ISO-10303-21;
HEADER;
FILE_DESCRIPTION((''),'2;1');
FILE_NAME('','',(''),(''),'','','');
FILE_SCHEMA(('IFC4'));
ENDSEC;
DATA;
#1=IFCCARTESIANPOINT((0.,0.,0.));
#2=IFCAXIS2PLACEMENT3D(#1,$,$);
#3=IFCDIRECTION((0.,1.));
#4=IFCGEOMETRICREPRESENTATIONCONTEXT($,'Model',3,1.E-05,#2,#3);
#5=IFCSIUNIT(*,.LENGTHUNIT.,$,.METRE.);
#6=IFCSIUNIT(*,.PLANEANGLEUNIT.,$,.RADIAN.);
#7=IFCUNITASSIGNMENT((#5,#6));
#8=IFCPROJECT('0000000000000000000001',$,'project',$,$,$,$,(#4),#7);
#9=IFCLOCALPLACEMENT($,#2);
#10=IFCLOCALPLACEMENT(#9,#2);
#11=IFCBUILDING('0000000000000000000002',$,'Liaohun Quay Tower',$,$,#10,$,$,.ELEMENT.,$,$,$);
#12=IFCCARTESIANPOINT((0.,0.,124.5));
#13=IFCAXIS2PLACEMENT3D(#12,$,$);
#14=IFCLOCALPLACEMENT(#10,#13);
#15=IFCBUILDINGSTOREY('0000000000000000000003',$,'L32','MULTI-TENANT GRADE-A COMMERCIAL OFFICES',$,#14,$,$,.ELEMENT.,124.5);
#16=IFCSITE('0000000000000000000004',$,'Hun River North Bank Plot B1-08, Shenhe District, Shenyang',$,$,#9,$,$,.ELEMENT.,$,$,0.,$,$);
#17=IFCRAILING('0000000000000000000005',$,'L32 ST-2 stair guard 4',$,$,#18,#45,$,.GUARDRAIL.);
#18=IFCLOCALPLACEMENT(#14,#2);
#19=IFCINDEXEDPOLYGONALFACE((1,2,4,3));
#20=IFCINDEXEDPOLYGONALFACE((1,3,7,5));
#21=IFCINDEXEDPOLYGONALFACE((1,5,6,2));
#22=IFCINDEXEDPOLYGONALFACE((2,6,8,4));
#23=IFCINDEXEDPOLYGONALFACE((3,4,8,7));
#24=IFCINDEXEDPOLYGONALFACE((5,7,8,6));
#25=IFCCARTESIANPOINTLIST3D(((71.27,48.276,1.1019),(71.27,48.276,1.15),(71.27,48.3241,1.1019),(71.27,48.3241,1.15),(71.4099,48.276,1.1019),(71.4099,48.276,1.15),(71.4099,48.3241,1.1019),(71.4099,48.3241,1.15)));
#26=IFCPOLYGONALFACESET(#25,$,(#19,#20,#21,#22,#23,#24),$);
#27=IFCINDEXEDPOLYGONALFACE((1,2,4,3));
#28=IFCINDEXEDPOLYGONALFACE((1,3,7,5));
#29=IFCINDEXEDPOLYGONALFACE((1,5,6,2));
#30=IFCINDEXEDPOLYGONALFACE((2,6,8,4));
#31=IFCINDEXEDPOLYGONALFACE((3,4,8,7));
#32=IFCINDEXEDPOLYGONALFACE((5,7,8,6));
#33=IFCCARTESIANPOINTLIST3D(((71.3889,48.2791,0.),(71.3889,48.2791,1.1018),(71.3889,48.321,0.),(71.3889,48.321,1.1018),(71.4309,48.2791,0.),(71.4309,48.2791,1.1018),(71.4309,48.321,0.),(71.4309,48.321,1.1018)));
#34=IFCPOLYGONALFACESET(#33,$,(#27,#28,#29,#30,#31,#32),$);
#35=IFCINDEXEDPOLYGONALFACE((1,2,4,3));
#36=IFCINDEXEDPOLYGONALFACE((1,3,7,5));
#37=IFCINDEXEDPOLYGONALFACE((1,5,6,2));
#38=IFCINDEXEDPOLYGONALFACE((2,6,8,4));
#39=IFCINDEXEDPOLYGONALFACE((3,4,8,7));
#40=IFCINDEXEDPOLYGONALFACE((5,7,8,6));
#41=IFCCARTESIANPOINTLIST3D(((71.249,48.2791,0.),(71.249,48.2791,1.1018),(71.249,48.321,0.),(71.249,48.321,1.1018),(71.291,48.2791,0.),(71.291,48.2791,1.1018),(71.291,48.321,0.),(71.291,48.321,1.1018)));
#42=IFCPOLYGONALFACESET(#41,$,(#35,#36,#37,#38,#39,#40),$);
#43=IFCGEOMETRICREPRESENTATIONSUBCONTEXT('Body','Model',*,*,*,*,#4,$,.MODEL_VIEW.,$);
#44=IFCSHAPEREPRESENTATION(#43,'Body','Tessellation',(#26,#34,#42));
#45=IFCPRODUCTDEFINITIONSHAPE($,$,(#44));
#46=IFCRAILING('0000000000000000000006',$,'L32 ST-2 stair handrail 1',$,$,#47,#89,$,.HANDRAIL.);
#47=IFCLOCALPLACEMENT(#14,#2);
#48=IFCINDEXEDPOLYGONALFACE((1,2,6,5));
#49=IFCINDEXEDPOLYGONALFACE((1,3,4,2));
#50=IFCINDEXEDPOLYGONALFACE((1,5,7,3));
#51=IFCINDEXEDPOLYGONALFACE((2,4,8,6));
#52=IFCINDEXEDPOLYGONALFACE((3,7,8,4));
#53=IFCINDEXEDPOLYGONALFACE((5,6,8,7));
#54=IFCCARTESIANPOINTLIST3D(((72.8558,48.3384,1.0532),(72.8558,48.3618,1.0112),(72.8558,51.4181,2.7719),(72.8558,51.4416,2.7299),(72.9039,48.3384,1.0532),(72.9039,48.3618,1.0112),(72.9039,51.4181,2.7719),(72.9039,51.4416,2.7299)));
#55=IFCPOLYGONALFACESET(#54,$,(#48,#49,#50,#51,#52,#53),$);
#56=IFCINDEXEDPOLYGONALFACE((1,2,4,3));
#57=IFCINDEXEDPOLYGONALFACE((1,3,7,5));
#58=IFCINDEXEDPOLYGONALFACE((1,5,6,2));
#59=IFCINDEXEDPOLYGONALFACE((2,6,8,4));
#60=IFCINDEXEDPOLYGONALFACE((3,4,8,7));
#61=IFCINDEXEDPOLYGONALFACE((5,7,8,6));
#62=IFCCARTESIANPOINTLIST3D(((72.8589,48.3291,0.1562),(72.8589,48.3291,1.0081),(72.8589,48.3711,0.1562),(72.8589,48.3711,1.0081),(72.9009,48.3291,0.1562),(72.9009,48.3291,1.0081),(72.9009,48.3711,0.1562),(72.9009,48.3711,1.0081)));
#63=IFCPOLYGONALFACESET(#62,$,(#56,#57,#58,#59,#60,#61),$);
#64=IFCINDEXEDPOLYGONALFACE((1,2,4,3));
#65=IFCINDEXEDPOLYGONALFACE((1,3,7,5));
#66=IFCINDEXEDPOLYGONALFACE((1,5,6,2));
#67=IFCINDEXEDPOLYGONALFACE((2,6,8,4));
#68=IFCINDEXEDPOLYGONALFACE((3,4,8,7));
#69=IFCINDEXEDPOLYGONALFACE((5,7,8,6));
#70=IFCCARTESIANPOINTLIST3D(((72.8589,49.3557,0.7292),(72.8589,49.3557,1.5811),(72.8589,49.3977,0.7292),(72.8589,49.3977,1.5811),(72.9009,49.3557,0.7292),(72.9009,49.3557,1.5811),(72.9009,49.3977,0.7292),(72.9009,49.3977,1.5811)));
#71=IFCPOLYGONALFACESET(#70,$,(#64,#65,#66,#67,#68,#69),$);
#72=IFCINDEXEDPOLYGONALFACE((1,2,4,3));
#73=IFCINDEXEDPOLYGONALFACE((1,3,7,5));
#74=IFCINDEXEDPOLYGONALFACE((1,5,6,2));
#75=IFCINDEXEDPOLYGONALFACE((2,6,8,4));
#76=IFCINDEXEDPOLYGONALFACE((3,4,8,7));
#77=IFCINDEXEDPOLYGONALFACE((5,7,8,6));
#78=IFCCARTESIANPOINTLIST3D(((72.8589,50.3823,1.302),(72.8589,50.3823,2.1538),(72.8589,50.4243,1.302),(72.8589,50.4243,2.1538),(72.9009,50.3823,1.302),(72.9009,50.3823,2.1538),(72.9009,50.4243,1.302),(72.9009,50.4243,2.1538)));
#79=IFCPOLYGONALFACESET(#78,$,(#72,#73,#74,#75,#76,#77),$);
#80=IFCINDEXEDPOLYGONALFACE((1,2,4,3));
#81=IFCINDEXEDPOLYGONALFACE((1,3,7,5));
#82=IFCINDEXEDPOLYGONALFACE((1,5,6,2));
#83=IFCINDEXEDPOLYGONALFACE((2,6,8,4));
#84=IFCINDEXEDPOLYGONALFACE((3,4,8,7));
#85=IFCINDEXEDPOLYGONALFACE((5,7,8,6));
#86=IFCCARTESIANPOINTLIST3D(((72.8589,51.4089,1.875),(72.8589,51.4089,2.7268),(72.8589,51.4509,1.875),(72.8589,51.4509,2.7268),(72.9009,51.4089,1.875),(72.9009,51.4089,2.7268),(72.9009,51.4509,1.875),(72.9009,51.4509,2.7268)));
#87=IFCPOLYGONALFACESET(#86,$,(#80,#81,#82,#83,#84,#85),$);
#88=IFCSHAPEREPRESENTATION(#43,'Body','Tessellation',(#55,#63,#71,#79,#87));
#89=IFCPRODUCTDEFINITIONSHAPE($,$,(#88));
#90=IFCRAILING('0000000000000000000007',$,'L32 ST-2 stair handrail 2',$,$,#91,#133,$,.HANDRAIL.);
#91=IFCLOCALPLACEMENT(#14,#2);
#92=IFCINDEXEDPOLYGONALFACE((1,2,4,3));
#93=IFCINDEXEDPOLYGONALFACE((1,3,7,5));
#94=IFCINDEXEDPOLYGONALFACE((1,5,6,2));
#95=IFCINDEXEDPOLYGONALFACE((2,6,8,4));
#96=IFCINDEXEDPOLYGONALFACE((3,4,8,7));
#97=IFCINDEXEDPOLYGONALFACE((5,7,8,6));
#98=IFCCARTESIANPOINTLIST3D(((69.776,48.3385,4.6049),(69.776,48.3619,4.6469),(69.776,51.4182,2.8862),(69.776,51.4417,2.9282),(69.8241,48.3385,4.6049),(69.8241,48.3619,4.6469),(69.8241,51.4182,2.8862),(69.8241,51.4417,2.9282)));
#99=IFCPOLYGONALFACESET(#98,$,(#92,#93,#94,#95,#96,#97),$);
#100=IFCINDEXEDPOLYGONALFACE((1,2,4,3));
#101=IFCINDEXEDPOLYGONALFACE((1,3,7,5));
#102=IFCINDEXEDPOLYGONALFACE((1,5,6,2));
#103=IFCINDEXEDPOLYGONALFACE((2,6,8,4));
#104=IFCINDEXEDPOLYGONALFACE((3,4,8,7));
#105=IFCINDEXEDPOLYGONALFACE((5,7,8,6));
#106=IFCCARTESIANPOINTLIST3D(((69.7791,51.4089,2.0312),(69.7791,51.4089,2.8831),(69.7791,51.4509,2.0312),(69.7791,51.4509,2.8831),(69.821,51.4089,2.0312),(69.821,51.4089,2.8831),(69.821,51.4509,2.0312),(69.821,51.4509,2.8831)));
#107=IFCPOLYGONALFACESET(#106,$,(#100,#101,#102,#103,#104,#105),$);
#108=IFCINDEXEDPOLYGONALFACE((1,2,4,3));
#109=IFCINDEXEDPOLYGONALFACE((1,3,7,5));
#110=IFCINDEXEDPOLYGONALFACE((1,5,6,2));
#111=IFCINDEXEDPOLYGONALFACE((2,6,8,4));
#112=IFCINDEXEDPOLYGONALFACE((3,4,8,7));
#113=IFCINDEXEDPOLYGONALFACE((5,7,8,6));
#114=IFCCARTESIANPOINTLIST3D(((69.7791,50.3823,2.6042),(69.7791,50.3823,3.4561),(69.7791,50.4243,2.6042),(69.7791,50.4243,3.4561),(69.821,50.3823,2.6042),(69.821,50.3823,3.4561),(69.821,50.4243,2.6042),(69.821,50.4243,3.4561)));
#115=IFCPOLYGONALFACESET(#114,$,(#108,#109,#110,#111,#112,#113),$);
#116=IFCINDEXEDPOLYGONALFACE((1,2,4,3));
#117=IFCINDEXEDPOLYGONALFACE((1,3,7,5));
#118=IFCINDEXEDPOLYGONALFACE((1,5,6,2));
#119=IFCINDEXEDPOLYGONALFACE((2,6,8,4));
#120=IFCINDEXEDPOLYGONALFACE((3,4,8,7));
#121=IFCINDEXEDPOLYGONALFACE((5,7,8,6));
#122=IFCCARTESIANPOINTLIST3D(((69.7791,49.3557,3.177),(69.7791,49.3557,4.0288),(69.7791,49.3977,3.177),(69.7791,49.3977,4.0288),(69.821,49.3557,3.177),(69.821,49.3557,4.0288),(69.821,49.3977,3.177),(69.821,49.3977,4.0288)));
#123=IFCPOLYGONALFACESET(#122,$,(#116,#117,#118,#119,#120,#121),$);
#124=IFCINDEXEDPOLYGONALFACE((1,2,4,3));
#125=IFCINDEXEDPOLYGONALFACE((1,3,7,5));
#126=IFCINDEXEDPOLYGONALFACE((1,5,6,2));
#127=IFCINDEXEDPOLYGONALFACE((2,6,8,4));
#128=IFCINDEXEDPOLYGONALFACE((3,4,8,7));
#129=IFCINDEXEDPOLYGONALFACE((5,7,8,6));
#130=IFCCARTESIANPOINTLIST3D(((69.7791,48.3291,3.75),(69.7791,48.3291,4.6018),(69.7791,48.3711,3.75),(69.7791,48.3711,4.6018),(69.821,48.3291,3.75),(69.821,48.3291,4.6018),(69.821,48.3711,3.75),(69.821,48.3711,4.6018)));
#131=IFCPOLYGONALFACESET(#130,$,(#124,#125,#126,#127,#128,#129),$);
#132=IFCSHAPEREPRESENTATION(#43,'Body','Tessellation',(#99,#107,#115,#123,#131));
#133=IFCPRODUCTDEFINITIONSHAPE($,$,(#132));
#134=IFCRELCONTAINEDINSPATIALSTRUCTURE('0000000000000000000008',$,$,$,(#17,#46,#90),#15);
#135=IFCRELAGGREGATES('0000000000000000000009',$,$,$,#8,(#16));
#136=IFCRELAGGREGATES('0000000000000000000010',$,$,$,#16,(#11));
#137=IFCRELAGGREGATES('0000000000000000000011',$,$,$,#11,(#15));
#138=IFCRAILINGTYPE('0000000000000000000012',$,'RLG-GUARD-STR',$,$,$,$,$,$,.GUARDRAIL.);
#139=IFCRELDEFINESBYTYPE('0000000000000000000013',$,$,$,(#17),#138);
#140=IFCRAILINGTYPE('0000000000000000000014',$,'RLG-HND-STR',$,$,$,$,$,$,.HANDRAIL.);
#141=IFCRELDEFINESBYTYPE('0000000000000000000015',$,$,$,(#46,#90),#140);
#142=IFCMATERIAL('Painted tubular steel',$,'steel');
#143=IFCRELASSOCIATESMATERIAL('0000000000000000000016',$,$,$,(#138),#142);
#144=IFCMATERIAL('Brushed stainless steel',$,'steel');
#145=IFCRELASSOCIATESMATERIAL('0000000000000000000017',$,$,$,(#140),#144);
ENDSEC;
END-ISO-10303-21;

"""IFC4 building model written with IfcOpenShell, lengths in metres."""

from ifc_helpers import new_model, si_unit, direction, frame, origin, origin_2d, place, context, subcontext, project, spatial, rectangle, extrude, material, type_object, element, save


model = new_model("IFC4")

# Units and contexts
model_context = context("Model", 3, precision=1e-05, world=origin(), true_north=direction((0.0, 1.0)))
body_context = subcontext(model_context, "Body", "Model", "MODEL_VIEW")
ifc_project = project(units=[si_unit("LENGTHUNIT", "METRE"), si_unit("PLANEANGLEUNIT", "RADIAN")], contexts=[model_context])

# Site, building, storey
site_placement = place(None, origin())
site = spatial("IfcSite", under=ifc_project, at=site_placement, Name="Hun River North Bank Plot B1-08, Shenhe District, Shenyang", CompositionType="ELEMENT", RefElevation=0.0)
building_placement = place(site_placement, origin())
building = spatial("IfcBuilding", under=site, at=building_placement, Name="Liaohun Quay Tower", CompositionType="ELEMENT")
storey_placement = place(building_placement, frame((0.0, 0.0, 124.5)))
storey = spatial("IfcBuildingStorey", under=building, at=storey_placement, Name="L32", Description="MULTI-TENANT GRADE-A COMMERCIAL OFFICES", CompositionType="ELEMENT", Elevation=124.5)

# Railings
ifc_material_1 = material(Name="Painted tubular steel", Category="steel")
railing_type_1 = type_object("IfcRailingType", Name="RLG-GUARD-STR", PredefinedType="GUARDRAIL", material=ifc_material_1)
railing_1_placement = place(storey_placement, frame((71.4099, 48.3, 0.0)))
element("IfcRailing", 1, at=railing_1_placement, inside=storey, type_object=railing_type_1, Name="L32 ST-2 stair guard 4", PredefinedType="GUARDRAIL", context=body_context, shape_type="SweptSolid", body=[
    extrude(rectangle(XDim=0.0481, YDim=0.0481, at=origin_2d()), frame((0.0, 0.0, 1.126), z_axis=(-1.0, 0.0, 0.0), x_axis=(0.0, -1.0, 0.0)), (0.0, 0.0, 1.0), 0.1399),
    extrude(rectangle(XDim=0.042, YDim=0.042, at=origin_2d()), origin(), (0.0, 0.0, 1.0), 1.1018),
    extrude(rectangle(XDim=0.042, YDim=0.042, at=origin_2d()), frame((-0.1399, 0.0, 0.0)), (0.0, 0.0, 1.0), 1.1018),
])
ifc_material_2 = material(Name="Brushed stainless steel", Category="steel")
railing_type_2 = type_object("IfcRailingType", Name="RLG-HND-STR", PredefinedType="HANDRAIL", material=ifc_material_2)
railing_2_placement = place(storey_placement, frame((72.8799, 48.3501, 0.1562)))
element("IfcRailing", 2, at=railing_2_placement, inside=storey, type_object=railing_type_2, Name="L32 ST-2 stair handrail 1", PredefinedType="HANDRAIL", context=body_context, shape_type="SweptSolid", body=[
    extrude(rectangle(XDim=0.0481, YDim=0.0481, at=origin_2d()), frame((0.0, 0.0, 0.876), z_axis=(0.0, 0.873225, 0.487317), x_axis=(-1.0, 0.0, 0.0)), (0.0, 0.0, 1.0), 3.5269),
    extrude(rectangle(XDim=0.042, YDim=0.042, at=origin_2d()), origin(), (0.0, 0.0, 1.0), 0.8518),
    extrude(rectangle(XDim=0.042, YDim=0.042, at=origin_2d()), frame((0.0, 1.0266, 0.573)), (0.0, 0.0, 1.0), 0.8518),
    extrude(rectangle(XDim=0.042, YDim=0.042, at=origin_2d()), frame((0.0, 2.0532, 1.1458)), (0.0, 0.0, 1.0), 0.8518),
    extrude(rectangle(XDim=0.042, YDim=0.042, at=origin_2d()), frame((0.0, 3.0798, 1.7188)), (0.0, 0.0, 1.0), 0.8518),
])
railing_3_placement = place(storey_placement, frame((69.8, 51.4299, 2.0312)))
element("IfcRailing", 3, at=railing_3_placement, inside=storey, type_object=railing_type_2, Name="L32 ST-2 stair handrail 2", PredefinedType="HANDRAIL", context=body_context, shape_type="SweptSolid", body=[
    extrude(rectangle(XDim=0.0481, YDim=0.0481, at=origin_2d()), frame((0.0, 0.0, 0.876), z_axis=(0.0, -0.873225, 0.487317), x_axis=(1.0, 0.0, 0.0)), (0.0, 0.0, 1.0), 3.5269),
    extrude(rectangle(XDim=0.042, YDim=0.042, at=origin_2d()), origin(), (0.0, 0.0, 1.0), 0.8518),
    extrude(rectangle(XDim=0.042, YDim=0.042, at=origin_2d()), frame((0.0, -1.0266, 0.573)), (0.0, 0.0, 1.0), 0.8518),
    extrude(rectangle(XDim=0.042, YDim=0.042, at=origin_2d()), frame((0.0, -2.0532, 1.1458)), (0.0, 0.0, 1.0), 0.8518),
    extrude(rectangle(XDim=0.042, YDim=0.042, at=origin_2d()), frame((0.0, -3.0798, 1.7188)), (0.0, 0.0, 1.0), 0.8518),
])

save(model, "model.ifc")
